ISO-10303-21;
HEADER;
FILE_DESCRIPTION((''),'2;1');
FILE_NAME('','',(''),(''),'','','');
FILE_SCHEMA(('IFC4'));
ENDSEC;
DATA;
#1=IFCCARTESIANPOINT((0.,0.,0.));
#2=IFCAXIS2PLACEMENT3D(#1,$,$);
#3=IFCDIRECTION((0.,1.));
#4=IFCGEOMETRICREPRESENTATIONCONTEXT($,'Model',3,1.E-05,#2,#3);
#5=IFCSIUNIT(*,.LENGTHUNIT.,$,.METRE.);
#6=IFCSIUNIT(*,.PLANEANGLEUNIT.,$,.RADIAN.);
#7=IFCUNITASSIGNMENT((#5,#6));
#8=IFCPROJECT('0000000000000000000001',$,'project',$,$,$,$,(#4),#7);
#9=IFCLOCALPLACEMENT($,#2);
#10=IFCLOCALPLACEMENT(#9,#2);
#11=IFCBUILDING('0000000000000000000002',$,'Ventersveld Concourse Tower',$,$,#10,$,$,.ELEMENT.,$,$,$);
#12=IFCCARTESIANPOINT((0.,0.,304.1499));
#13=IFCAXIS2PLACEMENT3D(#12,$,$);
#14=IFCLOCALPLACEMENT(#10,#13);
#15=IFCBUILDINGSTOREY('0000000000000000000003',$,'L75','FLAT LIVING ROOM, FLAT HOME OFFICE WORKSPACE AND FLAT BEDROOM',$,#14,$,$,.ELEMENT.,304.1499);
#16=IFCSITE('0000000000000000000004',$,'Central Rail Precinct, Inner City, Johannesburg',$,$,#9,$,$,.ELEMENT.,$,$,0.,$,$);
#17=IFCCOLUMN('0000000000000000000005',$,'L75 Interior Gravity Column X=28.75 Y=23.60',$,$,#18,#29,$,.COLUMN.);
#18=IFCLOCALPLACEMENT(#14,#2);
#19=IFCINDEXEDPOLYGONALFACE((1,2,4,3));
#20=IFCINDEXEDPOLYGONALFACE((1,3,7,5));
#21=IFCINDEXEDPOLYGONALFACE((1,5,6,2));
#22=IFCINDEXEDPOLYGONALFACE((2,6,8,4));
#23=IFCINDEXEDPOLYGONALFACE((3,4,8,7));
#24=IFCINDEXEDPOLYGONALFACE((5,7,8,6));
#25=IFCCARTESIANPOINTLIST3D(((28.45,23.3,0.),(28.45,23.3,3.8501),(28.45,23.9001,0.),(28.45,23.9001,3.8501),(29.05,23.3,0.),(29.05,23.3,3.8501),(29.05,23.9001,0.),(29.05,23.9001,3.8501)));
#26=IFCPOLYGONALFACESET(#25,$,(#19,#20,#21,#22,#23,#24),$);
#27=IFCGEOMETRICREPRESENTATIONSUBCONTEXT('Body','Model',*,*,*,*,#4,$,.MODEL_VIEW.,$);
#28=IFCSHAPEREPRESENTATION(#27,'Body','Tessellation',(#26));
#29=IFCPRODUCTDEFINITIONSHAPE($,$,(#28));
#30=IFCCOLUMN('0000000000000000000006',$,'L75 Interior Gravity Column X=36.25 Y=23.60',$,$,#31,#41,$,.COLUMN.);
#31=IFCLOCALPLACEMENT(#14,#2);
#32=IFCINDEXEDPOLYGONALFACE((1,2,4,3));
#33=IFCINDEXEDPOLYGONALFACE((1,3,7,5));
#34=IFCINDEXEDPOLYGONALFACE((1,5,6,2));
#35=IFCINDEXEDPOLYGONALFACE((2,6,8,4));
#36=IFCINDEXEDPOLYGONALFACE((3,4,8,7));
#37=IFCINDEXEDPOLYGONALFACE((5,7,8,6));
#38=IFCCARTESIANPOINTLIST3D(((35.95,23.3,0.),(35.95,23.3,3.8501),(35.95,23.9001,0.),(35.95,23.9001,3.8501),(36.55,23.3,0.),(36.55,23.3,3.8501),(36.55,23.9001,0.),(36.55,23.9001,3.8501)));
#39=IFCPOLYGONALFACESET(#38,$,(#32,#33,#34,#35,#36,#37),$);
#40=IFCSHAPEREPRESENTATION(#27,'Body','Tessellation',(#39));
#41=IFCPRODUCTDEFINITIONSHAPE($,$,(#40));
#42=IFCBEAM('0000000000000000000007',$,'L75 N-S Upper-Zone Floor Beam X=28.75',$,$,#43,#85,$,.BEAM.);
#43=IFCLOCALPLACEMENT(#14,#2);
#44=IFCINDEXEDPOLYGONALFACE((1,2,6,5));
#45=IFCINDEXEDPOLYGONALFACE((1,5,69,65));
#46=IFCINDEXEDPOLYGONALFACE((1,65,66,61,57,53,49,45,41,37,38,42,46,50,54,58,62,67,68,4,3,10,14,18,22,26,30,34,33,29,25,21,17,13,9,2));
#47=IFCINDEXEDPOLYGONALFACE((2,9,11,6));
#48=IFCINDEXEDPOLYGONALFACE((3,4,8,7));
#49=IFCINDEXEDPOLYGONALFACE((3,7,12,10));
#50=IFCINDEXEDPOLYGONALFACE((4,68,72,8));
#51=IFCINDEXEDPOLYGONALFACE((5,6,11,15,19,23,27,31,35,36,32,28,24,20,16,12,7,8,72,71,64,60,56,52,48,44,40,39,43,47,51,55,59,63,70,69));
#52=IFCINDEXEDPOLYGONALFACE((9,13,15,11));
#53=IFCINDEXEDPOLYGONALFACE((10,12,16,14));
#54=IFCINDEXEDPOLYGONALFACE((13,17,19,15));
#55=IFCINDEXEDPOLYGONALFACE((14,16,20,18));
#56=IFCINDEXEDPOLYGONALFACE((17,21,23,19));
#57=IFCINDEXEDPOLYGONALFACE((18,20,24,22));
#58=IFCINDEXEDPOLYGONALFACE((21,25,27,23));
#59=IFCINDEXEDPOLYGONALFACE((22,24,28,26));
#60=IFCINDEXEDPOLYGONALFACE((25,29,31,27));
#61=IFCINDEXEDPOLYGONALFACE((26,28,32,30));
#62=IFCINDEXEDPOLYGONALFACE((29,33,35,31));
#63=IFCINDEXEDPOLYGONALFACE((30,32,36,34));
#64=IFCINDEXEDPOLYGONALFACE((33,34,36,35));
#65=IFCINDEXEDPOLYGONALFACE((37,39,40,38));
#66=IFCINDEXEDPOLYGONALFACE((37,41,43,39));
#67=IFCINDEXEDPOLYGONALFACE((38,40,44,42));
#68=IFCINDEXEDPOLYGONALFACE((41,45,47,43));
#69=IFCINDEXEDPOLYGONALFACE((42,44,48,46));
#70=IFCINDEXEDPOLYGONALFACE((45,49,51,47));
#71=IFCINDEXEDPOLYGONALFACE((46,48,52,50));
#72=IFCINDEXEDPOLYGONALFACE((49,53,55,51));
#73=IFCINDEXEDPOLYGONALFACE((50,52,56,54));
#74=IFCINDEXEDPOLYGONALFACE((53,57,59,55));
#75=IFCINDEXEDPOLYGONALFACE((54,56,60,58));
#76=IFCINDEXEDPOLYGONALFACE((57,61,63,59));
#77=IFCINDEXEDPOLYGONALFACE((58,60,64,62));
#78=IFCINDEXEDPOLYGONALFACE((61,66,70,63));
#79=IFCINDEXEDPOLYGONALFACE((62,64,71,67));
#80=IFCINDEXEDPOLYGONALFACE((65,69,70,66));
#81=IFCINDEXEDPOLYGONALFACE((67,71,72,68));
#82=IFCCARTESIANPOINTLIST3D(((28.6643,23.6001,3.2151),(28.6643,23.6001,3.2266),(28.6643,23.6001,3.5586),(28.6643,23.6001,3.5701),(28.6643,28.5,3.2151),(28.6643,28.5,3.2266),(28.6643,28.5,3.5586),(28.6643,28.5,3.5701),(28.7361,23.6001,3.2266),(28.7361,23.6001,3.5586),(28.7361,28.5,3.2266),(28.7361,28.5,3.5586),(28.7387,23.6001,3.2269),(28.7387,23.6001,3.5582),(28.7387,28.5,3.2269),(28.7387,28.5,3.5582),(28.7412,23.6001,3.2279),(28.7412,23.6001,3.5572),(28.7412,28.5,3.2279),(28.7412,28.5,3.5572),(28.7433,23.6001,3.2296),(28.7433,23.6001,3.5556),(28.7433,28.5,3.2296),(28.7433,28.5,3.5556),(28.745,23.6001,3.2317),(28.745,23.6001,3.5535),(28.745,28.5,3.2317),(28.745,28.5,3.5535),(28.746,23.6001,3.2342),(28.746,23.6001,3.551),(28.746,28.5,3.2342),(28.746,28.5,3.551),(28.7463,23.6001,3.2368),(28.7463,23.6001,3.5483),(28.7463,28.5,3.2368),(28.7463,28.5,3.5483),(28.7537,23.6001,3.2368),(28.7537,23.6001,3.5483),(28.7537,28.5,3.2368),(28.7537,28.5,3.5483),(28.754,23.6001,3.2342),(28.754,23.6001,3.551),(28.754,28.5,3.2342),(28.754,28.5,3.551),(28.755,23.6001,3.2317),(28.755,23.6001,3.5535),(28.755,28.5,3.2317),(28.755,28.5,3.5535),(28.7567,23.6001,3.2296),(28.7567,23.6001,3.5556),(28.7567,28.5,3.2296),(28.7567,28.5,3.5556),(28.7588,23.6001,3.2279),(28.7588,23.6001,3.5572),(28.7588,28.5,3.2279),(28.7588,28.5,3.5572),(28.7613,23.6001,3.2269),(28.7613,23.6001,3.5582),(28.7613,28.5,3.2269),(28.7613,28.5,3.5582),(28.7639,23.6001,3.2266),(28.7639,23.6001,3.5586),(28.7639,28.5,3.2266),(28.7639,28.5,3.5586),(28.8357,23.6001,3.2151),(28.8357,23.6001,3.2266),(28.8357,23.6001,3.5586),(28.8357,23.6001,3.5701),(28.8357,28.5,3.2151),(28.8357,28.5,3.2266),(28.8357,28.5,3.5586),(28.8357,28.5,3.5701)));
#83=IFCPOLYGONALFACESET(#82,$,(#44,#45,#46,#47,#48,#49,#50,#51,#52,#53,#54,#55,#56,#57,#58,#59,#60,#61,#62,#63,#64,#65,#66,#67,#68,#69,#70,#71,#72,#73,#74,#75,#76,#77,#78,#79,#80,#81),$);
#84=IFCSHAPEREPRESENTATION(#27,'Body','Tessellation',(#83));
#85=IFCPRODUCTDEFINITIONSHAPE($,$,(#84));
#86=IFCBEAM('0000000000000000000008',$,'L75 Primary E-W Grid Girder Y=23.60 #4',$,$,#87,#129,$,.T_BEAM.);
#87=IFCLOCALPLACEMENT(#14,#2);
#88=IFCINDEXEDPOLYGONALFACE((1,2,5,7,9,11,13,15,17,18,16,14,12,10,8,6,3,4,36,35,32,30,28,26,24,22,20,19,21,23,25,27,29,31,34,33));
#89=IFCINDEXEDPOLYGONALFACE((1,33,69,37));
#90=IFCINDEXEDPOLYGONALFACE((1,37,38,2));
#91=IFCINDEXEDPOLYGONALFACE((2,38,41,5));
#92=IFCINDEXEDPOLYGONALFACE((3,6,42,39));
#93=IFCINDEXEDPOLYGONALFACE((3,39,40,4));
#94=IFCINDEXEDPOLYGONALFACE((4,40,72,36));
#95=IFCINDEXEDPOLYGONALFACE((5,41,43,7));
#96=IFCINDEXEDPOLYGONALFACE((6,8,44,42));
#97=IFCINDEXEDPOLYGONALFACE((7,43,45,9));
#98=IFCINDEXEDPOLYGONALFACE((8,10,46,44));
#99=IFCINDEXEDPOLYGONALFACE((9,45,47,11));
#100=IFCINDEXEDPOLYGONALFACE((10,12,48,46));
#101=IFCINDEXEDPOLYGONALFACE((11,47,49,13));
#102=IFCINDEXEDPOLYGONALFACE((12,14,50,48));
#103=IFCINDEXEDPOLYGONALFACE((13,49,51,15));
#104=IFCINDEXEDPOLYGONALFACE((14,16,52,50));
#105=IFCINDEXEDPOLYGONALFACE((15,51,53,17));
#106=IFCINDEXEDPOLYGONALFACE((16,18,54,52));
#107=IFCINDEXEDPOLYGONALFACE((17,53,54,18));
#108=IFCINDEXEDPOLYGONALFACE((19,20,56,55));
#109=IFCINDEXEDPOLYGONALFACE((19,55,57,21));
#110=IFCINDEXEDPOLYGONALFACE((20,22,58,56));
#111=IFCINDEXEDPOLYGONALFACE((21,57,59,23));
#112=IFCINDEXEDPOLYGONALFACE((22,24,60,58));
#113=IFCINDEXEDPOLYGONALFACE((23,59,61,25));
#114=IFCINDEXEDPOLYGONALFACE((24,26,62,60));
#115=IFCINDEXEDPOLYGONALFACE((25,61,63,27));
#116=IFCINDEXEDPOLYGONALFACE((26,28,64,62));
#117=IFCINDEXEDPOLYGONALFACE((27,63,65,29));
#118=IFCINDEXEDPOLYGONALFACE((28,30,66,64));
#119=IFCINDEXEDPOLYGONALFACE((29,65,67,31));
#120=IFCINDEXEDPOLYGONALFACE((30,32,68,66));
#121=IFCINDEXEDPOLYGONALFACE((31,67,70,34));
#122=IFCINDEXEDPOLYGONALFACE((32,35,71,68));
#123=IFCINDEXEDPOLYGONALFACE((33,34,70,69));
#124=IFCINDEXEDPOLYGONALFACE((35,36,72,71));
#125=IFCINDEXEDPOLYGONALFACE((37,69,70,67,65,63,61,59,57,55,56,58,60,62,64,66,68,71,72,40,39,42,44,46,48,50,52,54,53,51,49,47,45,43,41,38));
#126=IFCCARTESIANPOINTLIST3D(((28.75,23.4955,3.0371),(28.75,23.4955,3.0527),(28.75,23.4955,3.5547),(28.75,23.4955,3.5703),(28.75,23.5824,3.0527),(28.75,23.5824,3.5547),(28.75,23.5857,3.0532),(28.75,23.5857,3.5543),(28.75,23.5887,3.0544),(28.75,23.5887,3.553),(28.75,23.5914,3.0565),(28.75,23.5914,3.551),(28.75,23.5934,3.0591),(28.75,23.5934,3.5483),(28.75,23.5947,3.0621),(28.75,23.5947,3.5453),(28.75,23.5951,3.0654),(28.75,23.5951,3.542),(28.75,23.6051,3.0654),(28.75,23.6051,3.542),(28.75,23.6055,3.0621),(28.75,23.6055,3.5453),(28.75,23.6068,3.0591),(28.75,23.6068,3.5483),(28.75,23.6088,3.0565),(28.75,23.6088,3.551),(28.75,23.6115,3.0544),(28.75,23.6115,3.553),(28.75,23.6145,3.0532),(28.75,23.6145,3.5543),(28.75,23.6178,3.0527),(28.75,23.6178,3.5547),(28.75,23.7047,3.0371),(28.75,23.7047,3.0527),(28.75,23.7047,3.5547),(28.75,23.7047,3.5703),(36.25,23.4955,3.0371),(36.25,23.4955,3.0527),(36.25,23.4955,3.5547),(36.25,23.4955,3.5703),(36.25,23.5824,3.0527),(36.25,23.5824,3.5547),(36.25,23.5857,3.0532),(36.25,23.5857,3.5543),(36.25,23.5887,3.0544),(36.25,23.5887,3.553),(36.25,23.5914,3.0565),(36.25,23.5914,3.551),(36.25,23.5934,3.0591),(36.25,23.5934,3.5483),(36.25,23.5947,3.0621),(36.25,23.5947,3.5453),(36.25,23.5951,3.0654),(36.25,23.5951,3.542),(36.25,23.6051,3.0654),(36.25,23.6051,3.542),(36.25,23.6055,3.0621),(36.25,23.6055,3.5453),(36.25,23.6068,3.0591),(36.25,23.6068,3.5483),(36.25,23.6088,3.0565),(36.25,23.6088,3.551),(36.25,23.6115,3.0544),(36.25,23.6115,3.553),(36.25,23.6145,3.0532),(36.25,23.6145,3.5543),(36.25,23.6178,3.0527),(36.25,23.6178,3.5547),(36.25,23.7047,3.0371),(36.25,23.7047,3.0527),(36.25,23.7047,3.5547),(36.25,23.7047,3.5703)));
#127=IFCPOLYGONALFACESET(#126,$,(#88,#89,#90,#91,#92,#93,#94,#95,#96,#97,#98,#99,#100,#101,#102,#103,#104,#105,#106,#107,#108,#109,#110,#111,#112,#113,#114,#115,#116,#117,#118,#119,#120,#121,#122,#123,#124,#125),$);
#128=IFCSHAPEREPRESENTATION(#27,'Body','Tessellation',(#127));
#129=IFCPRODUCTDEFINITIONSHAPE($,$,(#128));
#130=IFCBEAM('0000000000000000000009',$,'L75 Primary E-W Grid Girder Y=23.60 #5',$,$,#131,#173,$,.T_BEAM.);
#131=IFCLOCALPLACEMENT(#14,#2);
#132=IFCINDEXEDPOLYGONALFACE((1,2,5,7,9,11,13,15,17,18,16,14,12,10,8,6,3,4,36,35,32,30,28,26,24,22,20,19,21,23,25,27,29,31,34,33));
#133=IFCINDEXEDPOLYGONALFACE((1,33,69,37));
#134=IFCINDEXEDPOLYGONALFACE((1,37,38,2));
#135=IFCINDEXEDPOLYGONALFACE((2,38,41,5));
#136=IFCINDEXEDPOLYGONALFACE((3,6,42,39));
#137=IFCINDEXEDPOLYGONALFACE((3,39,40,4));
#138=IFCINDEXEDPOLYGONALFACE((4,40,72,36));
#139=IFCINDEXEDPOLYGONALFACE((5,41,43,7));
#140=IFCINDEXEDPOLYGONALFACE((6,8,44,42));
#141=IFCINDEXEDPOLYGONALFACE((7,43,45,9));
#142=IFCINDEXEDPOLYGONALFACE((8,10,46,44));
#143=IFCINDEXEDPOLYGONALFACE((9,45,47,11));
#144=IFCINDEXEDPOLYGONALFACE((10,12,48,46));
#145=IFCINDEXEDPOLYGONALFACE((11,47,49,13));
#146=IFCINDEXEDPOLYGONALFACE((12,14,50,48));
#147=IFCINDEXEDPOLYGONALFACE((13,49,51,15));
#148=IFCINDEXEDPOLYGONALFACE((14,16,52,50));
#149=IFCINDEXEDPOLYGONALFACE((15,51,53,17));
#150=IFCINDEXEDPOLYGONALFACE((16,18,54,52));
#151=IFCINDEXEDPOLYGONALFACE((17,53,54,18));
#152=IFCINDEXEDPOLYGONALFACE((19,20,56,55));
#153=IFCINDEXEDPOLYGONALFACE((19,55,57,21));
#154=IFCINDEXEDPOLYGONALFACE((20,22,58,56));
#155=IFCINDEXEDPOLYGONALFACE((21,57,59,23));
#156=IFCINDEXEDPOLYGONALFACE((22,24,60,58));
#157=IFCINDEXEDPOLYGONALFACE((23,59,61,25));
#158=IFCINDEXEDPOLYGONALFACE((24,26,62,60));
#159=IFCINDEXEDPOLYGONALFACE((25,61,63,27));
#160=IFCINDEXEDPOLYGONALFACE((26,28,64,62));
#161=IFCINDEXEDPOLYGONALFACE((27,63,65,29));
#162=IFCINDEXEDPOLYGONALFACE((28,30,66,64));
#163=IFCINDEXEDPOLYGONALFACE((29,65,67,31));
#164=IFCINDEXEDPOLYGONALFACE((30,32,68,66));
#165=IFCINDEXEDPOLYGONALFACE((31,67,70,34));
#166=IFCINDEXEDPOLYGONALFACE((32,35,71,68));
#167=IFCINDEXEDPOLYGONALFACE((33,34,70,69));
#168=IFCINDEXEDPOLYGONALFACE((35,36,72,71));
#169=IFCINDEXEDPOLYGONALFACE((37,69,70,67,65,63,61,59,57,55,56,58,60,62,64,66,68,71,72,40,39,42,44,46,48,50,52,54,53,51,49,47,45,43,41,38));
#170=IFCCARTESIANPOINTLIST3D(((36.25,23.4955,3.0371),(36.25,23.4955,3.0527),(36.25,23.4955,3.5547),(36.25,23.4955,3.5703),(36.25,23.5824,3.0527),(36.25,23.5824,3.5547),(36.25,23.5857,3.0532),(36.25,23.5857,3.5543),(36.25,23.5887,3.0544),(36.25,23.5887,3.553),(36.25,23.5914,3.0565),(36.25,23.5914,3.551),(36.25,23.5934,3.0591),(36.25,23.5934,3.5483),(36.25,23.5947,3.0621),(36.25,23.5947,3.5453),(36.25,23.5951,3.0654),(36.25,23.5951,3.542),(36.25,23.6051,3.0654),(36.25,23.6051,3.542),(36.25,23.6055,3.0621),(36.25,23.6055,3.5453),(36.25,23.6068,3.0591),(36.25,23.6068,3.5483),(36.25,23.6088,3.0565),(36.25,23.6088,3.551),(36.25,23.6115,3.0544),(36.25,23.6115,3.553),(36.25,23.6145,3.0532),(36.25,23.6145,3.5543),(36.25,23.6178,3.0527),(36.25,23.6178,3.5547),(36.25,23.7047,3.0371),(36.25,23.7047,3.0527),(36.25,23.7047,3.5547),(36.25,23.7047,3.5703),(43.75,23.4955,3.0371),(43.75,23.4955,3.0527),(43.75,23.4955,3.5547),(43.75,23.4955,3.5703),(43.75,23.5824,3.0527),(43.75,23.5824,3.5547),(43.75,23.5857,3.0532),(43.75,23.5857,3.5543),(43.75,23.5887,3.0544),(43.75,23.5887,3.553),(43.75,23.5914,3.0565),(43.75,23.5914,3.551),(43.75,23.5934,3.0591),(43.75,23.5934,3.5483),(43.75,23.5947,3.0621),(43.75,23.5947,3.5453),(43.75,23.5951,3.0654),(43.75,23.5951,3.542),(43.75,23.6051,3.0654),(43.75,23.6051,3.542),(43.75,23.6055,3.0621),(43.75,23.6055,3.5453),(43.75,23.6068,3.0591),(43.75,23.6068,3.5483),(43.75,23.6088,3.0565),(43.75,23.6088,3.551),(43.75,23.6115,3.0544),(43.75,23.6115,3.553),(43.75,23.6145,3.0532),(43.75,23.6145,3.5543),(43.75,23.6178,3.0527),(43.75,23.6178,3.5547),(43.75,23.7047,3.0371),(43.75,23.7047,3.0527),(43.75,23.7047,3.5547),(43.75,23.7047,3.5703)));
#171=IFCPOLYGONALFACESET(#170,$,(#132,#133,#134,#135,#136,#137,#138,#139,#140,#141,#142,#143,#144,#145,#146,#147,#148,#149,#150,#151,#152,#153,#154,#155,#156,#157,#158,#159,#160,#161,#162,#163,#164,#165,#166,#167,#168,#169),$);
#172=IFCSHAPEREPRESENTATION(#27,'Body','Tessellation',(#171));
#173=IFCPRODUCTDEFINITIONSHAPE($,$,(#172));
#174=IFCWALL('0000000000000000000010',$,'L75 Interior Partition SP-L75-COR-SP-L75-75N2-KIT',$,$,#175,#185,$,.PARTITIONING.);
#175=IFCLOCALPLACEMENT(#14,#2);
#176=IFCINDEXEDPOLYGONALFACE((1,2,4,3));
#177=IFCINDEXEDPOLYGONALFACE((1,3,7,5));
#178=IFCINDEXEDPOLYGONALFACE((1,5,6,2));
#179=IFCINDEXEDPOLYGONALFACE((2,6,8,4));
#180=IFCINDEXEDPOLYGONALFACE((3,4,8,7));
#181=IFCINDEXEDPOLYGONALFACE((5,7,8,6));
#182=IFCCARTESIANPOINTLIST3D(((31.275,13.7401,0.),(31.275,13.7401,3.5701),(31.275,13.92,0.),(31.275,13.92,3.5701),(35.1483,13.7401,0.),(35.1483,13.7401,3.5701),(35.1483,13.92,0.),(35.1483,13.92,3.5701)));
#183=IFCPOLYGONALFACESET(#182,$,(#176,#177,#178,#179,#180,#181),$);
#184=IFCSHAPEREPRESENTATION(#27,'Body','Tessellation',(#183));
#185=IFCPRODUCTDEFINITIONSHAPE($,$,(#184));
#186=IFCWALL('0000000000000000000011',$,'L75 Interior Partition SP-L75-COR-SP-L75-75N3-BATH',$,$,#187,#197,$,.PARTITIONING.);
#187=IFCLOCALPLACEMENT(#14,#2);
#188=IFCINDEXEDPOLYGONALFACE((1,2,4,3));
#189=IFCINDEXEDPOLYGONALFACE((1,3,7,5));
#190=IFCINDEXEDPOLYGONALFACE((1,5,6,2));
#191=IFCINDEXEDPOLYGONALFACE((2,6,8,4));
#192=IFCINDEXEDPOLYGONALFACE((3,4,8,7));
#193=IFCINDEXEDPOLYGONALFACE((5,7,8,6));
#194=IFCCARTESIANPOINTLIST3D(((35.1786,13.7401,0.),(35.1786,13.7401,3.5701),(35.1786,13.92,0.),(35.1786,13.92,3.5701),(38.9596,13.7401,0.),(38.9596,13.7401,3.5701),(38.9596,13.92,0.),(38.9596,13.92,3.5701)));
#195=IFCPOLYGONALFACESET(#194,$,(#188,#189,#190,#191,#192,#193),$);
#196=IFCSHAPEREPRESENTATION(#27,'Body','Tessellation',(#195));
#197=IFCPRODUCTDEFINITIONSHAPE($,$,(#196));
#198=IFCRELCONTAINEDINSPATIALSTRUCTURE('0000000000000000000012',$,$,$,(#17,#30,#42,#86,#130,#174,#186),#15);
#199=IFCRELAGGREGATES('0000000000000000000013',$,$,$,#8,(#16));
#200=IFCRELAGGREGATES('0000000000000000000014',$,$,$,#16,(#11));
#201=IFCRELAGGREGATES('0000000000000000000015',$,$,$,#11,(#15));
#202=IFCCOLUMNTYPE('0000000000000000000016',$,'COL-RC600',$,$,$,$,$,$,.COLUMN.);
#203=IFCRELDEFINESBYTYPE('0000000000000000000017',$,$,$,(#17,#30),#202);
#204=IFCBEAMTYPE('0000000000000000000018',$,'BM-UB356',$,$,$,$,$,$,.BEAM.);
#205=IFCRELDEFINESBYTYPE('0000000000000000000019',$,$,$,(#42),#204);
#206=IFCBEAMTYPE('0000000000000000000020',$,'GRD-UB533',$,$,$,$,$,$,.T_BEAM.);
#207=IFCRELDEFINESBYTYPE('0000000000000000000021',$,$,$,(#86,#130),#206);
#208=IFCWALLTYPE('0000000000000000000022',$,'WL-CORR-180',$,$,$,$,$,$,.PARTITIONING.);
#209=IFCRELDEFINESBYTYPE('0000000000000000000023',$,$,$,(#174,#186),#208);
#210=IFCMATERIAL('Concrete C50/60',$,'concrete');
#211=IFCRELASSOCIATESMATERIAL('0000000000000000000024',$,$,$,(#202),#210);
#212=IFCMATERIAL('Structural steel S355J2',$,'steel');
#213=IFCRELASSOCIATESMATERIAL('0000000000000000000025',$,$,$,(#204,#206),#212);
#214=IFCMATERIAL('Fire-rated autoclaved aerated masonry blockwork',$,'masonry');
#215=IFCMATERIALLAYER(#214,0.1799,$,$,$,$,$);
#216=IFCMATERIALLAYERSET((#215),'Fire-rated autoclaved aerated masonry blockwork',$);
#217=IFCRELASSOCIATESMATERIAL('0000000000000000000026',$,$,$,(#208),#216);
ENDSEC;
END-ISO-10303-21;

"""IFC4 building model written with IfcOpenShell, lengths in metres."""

from ifc_helpers import new_model, si_unit, direction, frame, frame_2d, origin, origin_2d, place, context, subcontext, project, spatial, rectangle, i_section, extrude, material, layer, layer_set, material_profile, profile_set, type_object, element, save


model = new_model("IFC4")

# Units and contexts
model_context = context("Model", 3, precision=1e-05, world=origin(), true_north=direction((0.0, 1.0)))
body_context = subcontext(model_context, "Body", "Model", "MODEL_VIEW")
ifc_project = project(units=[si_unit("LENGTHUNIT", "METRE"), si_unit("PLANEANGLEUNIT", "RADIAN")], contexts=[model_context])

# Site, building, storey
site_placement = place(None, origin())
site = spatial("IfcSite", under=ifc_project, at=site_placement, Name="Central Rail Precinct, Inner City, Johannesburg", CompositionType="ELEMENT", RefElevation=0.0)
building_placement = place(site_placement, origin())
building = spatial("IfcBuilding", under=site, at=building_placement, Name="Ventersveld Concourse Tower", CompositionType="ELEMENT")
storey_placement = place(building_placement, frame((0.0, 0.0, 304.1499)))
storey = spatial("IfcBuildingStorey", under=building, at=storey_placement, Name="L75", Description="FLAT LIVING ROOM, FLAT HOME OFFICE WORKSPACE AND FLAT BEDROOM", CompositionType="ELEMENT", Elevation=304.1499)

# Columns
ifc_material_1 = material(Name="Concrete C50/60", Category="concrete")
ifc_material_profile_1 = material_profile(ifc_material_1, rectangle(XDim=0.6001, YDim=0.6001, at=origin_2d()), Name="RC 600x600")
ifc_profile_set_1 = profile_set([ifc_material_profile_1], Name="Concrete C50/60")
column_type = type_object("IfcColumnType", Name="COL-RC600", PredefinedType="COLUMN", material=ifc_profile_set_1)
for number, where, z_axis, x_axis, name in (
    (1, (28.75, 23.6001, 0.0), (0.0, 0.0, 1.0), (1.0, 0.0, 0.0), "L75 Interior Gravity Column X=28.75 Y=23.60"),
    (2, (36.25, 23.6001, 0.0), (0.0, 0.0, 1.0), (1.0, 0.0, 0.0), "L75 Interior Gravity Column X=36.25 Y=23.60"),
):
    element("IfcColumn", number, at=place(storey_placement, frame(where, z_axis=z_axis, x_axis=x_axis)), inside=storey, type_object=column_type, Name=name, PredefinedType="COLUMN", context=body_context, shape_type="SweptSolid", body=[
        extrude(rectangle(XDim=0.6001, YDim=0.6001, at=origin_2d()), origin(), (0.0, 0.0, 1.0), 3.8501),
    ])

# Beams
ifc_material_2 = material(Name="Structural steel S355J2", Category="steel")
ifc_material_profile_2 = material_profile(ifc_material_2, i_section(OverallWidth=0.1714, OverallDepth=0.355, WebThickness=0.0073, FlangeThickness=0.0115, FilletRadius=0.0103, at=origin_2d()), Name="UB 356x171x51")
ifc_profile_set_2 = profile_set([ifc_material_profile_2], Name="Structural steel S355J2")
beam_type_1 = type_object("IfcBeamType", Name="BM-UB356", PredefinedType="BEAM", material=ifc_profile_set_2)
beam_placement = place(storey_placement, frame((28.75, 23.6001, 3.3926), z_axis=(0.0, 1.0, 0.0), x_axis=(-1.0, 0.0, 0.0)))
element("IfcBeam", 3, at=beam_placement, inside=storey, type_object=beam_type_1, Name="L75 N-S Upper-Zone Floor Beam X=28.75", PredefinedType="BEAM", context=body_context, shape_type="SweptSolid", body=[
    extrude(i_section(OverallWidth=0.1714, OverallDepth=0.355, WebThickness=0.0073, FlangeThickness=0.0115, FilletRadius=0.0103, at=origin_2d()), origin(), (0.0, 0.0, 1.0), 4.8999),
])
ifc_material_profile_3 = material_profile(ifc_material_2, i_section(OverallWidth=0.2092, OverallDepth=0.5332, WebThickness=0.01, FlangeThickness=0.0156, FilletRadius=0.0127, at=origin_2d()), Name="UB 533x210x92")
ifc_profile_set_3 = profile_set([ifc_material_profile_3], Name="Structural steel S355J2")
beam_type_2 = type_object("IfcBeamType", Name="GRD-UB533", PredefinedType="T_BEAM", material=ifc_profile_set_3)
for number, where, z_axis, x_axis, name in (
    (4, (28.75, 23.6001, 3.3037), (1.0, 0.0, 0.0), (0.0, 1.0, 0.0), "L75 Primary E-W Grid Girder Y=23.60 #4"),
    (5, (36.25, 23.6001, 3.3037), (1.0, 0.0, 0.0), (0.0, 1.0, 0.0), "L75 Primary E-W Grid Girder Y=23.60 #5"),
):
    element("IfcBeam", number, at=place(storey_placement, frame(where, z_axis=z_axis, x_axis=x_axis)), inside=storey, type_object=beam_type_2, Name=name, PredefinedType="T_BEAM", context=body_context, shape_type="SweptSolid", body=[
        extrude(i_section(OverallWidth=0.2092, OverallDepth=0.5332, WebThickness=0.01, FlangeThickness=0.0156, FilletRadius=0.0127, at=origin_2d()), origin(), (0.0, 0.0, 1.0), 7.5),
    ])

# Walls
ifc_material_3 = material(Name="Fire-rated autoclaved aerated masonry blockwork", Category="masonry")
ifc_layer_1 = layer(ifc_material_3, 0.1799)
ifc_layer_set_1 = layer_set([ifc_layer_1], Name="Fire-rated autoclaved aerated masonry blockwork")
wall_type_1 = type_object("IfcWallType", Name="WL-CORR-180", PredefinedType="PARTITIONING", material=ifc_layer_set_1)
wall_1_placement = place(storey_placement, frame((31.2751, 13.8301, 0.0), z_axis=(0.0, 0.0, 1.0), x_axis=(1.0, 0.0, 0.0)))
element("IfcWall", 6, at=wall_1_placement, inside=storey, type_object=wall_type_1, Name="L75 Interior Partition SP-L75-COR-SP-L75-75N2-KIT", PredefinedType="PARTITIONING", context=body_context, shape_type="SweptSolid", body=[
    extrude(rectangle(XDim=3.8733, YDim=0.1799, at=frame_2d((1.9365, 0.0))), origin(), (0.0, 0.0, 1.0), 3.5701),
])
wall_2_placement = place(storey_placement, frame((35.1785, 13.8301, 0.0), z_axis=(0.0, 0.0, 1.0), x_axis=(1.0, 0.0, 0.0)))
element("IfcWall", 7, at=wall_2_placement, inside=storey, type_object=wall_type_1, Name="L75 Interior Partition SP-L75-COR-SP-L75-75N3-BATH", PredefinedType="PARTITIONING", context=body_context, shape_type="SweptSolid", body=[
    extrude(rectangle(XDim=3.781, YDim=0.1799, at=frame_2d((1.8906, 0.0))), origin(), (0.0, 0.0, 1.0), 3.5701),
])

save(model, "model.ifc")
